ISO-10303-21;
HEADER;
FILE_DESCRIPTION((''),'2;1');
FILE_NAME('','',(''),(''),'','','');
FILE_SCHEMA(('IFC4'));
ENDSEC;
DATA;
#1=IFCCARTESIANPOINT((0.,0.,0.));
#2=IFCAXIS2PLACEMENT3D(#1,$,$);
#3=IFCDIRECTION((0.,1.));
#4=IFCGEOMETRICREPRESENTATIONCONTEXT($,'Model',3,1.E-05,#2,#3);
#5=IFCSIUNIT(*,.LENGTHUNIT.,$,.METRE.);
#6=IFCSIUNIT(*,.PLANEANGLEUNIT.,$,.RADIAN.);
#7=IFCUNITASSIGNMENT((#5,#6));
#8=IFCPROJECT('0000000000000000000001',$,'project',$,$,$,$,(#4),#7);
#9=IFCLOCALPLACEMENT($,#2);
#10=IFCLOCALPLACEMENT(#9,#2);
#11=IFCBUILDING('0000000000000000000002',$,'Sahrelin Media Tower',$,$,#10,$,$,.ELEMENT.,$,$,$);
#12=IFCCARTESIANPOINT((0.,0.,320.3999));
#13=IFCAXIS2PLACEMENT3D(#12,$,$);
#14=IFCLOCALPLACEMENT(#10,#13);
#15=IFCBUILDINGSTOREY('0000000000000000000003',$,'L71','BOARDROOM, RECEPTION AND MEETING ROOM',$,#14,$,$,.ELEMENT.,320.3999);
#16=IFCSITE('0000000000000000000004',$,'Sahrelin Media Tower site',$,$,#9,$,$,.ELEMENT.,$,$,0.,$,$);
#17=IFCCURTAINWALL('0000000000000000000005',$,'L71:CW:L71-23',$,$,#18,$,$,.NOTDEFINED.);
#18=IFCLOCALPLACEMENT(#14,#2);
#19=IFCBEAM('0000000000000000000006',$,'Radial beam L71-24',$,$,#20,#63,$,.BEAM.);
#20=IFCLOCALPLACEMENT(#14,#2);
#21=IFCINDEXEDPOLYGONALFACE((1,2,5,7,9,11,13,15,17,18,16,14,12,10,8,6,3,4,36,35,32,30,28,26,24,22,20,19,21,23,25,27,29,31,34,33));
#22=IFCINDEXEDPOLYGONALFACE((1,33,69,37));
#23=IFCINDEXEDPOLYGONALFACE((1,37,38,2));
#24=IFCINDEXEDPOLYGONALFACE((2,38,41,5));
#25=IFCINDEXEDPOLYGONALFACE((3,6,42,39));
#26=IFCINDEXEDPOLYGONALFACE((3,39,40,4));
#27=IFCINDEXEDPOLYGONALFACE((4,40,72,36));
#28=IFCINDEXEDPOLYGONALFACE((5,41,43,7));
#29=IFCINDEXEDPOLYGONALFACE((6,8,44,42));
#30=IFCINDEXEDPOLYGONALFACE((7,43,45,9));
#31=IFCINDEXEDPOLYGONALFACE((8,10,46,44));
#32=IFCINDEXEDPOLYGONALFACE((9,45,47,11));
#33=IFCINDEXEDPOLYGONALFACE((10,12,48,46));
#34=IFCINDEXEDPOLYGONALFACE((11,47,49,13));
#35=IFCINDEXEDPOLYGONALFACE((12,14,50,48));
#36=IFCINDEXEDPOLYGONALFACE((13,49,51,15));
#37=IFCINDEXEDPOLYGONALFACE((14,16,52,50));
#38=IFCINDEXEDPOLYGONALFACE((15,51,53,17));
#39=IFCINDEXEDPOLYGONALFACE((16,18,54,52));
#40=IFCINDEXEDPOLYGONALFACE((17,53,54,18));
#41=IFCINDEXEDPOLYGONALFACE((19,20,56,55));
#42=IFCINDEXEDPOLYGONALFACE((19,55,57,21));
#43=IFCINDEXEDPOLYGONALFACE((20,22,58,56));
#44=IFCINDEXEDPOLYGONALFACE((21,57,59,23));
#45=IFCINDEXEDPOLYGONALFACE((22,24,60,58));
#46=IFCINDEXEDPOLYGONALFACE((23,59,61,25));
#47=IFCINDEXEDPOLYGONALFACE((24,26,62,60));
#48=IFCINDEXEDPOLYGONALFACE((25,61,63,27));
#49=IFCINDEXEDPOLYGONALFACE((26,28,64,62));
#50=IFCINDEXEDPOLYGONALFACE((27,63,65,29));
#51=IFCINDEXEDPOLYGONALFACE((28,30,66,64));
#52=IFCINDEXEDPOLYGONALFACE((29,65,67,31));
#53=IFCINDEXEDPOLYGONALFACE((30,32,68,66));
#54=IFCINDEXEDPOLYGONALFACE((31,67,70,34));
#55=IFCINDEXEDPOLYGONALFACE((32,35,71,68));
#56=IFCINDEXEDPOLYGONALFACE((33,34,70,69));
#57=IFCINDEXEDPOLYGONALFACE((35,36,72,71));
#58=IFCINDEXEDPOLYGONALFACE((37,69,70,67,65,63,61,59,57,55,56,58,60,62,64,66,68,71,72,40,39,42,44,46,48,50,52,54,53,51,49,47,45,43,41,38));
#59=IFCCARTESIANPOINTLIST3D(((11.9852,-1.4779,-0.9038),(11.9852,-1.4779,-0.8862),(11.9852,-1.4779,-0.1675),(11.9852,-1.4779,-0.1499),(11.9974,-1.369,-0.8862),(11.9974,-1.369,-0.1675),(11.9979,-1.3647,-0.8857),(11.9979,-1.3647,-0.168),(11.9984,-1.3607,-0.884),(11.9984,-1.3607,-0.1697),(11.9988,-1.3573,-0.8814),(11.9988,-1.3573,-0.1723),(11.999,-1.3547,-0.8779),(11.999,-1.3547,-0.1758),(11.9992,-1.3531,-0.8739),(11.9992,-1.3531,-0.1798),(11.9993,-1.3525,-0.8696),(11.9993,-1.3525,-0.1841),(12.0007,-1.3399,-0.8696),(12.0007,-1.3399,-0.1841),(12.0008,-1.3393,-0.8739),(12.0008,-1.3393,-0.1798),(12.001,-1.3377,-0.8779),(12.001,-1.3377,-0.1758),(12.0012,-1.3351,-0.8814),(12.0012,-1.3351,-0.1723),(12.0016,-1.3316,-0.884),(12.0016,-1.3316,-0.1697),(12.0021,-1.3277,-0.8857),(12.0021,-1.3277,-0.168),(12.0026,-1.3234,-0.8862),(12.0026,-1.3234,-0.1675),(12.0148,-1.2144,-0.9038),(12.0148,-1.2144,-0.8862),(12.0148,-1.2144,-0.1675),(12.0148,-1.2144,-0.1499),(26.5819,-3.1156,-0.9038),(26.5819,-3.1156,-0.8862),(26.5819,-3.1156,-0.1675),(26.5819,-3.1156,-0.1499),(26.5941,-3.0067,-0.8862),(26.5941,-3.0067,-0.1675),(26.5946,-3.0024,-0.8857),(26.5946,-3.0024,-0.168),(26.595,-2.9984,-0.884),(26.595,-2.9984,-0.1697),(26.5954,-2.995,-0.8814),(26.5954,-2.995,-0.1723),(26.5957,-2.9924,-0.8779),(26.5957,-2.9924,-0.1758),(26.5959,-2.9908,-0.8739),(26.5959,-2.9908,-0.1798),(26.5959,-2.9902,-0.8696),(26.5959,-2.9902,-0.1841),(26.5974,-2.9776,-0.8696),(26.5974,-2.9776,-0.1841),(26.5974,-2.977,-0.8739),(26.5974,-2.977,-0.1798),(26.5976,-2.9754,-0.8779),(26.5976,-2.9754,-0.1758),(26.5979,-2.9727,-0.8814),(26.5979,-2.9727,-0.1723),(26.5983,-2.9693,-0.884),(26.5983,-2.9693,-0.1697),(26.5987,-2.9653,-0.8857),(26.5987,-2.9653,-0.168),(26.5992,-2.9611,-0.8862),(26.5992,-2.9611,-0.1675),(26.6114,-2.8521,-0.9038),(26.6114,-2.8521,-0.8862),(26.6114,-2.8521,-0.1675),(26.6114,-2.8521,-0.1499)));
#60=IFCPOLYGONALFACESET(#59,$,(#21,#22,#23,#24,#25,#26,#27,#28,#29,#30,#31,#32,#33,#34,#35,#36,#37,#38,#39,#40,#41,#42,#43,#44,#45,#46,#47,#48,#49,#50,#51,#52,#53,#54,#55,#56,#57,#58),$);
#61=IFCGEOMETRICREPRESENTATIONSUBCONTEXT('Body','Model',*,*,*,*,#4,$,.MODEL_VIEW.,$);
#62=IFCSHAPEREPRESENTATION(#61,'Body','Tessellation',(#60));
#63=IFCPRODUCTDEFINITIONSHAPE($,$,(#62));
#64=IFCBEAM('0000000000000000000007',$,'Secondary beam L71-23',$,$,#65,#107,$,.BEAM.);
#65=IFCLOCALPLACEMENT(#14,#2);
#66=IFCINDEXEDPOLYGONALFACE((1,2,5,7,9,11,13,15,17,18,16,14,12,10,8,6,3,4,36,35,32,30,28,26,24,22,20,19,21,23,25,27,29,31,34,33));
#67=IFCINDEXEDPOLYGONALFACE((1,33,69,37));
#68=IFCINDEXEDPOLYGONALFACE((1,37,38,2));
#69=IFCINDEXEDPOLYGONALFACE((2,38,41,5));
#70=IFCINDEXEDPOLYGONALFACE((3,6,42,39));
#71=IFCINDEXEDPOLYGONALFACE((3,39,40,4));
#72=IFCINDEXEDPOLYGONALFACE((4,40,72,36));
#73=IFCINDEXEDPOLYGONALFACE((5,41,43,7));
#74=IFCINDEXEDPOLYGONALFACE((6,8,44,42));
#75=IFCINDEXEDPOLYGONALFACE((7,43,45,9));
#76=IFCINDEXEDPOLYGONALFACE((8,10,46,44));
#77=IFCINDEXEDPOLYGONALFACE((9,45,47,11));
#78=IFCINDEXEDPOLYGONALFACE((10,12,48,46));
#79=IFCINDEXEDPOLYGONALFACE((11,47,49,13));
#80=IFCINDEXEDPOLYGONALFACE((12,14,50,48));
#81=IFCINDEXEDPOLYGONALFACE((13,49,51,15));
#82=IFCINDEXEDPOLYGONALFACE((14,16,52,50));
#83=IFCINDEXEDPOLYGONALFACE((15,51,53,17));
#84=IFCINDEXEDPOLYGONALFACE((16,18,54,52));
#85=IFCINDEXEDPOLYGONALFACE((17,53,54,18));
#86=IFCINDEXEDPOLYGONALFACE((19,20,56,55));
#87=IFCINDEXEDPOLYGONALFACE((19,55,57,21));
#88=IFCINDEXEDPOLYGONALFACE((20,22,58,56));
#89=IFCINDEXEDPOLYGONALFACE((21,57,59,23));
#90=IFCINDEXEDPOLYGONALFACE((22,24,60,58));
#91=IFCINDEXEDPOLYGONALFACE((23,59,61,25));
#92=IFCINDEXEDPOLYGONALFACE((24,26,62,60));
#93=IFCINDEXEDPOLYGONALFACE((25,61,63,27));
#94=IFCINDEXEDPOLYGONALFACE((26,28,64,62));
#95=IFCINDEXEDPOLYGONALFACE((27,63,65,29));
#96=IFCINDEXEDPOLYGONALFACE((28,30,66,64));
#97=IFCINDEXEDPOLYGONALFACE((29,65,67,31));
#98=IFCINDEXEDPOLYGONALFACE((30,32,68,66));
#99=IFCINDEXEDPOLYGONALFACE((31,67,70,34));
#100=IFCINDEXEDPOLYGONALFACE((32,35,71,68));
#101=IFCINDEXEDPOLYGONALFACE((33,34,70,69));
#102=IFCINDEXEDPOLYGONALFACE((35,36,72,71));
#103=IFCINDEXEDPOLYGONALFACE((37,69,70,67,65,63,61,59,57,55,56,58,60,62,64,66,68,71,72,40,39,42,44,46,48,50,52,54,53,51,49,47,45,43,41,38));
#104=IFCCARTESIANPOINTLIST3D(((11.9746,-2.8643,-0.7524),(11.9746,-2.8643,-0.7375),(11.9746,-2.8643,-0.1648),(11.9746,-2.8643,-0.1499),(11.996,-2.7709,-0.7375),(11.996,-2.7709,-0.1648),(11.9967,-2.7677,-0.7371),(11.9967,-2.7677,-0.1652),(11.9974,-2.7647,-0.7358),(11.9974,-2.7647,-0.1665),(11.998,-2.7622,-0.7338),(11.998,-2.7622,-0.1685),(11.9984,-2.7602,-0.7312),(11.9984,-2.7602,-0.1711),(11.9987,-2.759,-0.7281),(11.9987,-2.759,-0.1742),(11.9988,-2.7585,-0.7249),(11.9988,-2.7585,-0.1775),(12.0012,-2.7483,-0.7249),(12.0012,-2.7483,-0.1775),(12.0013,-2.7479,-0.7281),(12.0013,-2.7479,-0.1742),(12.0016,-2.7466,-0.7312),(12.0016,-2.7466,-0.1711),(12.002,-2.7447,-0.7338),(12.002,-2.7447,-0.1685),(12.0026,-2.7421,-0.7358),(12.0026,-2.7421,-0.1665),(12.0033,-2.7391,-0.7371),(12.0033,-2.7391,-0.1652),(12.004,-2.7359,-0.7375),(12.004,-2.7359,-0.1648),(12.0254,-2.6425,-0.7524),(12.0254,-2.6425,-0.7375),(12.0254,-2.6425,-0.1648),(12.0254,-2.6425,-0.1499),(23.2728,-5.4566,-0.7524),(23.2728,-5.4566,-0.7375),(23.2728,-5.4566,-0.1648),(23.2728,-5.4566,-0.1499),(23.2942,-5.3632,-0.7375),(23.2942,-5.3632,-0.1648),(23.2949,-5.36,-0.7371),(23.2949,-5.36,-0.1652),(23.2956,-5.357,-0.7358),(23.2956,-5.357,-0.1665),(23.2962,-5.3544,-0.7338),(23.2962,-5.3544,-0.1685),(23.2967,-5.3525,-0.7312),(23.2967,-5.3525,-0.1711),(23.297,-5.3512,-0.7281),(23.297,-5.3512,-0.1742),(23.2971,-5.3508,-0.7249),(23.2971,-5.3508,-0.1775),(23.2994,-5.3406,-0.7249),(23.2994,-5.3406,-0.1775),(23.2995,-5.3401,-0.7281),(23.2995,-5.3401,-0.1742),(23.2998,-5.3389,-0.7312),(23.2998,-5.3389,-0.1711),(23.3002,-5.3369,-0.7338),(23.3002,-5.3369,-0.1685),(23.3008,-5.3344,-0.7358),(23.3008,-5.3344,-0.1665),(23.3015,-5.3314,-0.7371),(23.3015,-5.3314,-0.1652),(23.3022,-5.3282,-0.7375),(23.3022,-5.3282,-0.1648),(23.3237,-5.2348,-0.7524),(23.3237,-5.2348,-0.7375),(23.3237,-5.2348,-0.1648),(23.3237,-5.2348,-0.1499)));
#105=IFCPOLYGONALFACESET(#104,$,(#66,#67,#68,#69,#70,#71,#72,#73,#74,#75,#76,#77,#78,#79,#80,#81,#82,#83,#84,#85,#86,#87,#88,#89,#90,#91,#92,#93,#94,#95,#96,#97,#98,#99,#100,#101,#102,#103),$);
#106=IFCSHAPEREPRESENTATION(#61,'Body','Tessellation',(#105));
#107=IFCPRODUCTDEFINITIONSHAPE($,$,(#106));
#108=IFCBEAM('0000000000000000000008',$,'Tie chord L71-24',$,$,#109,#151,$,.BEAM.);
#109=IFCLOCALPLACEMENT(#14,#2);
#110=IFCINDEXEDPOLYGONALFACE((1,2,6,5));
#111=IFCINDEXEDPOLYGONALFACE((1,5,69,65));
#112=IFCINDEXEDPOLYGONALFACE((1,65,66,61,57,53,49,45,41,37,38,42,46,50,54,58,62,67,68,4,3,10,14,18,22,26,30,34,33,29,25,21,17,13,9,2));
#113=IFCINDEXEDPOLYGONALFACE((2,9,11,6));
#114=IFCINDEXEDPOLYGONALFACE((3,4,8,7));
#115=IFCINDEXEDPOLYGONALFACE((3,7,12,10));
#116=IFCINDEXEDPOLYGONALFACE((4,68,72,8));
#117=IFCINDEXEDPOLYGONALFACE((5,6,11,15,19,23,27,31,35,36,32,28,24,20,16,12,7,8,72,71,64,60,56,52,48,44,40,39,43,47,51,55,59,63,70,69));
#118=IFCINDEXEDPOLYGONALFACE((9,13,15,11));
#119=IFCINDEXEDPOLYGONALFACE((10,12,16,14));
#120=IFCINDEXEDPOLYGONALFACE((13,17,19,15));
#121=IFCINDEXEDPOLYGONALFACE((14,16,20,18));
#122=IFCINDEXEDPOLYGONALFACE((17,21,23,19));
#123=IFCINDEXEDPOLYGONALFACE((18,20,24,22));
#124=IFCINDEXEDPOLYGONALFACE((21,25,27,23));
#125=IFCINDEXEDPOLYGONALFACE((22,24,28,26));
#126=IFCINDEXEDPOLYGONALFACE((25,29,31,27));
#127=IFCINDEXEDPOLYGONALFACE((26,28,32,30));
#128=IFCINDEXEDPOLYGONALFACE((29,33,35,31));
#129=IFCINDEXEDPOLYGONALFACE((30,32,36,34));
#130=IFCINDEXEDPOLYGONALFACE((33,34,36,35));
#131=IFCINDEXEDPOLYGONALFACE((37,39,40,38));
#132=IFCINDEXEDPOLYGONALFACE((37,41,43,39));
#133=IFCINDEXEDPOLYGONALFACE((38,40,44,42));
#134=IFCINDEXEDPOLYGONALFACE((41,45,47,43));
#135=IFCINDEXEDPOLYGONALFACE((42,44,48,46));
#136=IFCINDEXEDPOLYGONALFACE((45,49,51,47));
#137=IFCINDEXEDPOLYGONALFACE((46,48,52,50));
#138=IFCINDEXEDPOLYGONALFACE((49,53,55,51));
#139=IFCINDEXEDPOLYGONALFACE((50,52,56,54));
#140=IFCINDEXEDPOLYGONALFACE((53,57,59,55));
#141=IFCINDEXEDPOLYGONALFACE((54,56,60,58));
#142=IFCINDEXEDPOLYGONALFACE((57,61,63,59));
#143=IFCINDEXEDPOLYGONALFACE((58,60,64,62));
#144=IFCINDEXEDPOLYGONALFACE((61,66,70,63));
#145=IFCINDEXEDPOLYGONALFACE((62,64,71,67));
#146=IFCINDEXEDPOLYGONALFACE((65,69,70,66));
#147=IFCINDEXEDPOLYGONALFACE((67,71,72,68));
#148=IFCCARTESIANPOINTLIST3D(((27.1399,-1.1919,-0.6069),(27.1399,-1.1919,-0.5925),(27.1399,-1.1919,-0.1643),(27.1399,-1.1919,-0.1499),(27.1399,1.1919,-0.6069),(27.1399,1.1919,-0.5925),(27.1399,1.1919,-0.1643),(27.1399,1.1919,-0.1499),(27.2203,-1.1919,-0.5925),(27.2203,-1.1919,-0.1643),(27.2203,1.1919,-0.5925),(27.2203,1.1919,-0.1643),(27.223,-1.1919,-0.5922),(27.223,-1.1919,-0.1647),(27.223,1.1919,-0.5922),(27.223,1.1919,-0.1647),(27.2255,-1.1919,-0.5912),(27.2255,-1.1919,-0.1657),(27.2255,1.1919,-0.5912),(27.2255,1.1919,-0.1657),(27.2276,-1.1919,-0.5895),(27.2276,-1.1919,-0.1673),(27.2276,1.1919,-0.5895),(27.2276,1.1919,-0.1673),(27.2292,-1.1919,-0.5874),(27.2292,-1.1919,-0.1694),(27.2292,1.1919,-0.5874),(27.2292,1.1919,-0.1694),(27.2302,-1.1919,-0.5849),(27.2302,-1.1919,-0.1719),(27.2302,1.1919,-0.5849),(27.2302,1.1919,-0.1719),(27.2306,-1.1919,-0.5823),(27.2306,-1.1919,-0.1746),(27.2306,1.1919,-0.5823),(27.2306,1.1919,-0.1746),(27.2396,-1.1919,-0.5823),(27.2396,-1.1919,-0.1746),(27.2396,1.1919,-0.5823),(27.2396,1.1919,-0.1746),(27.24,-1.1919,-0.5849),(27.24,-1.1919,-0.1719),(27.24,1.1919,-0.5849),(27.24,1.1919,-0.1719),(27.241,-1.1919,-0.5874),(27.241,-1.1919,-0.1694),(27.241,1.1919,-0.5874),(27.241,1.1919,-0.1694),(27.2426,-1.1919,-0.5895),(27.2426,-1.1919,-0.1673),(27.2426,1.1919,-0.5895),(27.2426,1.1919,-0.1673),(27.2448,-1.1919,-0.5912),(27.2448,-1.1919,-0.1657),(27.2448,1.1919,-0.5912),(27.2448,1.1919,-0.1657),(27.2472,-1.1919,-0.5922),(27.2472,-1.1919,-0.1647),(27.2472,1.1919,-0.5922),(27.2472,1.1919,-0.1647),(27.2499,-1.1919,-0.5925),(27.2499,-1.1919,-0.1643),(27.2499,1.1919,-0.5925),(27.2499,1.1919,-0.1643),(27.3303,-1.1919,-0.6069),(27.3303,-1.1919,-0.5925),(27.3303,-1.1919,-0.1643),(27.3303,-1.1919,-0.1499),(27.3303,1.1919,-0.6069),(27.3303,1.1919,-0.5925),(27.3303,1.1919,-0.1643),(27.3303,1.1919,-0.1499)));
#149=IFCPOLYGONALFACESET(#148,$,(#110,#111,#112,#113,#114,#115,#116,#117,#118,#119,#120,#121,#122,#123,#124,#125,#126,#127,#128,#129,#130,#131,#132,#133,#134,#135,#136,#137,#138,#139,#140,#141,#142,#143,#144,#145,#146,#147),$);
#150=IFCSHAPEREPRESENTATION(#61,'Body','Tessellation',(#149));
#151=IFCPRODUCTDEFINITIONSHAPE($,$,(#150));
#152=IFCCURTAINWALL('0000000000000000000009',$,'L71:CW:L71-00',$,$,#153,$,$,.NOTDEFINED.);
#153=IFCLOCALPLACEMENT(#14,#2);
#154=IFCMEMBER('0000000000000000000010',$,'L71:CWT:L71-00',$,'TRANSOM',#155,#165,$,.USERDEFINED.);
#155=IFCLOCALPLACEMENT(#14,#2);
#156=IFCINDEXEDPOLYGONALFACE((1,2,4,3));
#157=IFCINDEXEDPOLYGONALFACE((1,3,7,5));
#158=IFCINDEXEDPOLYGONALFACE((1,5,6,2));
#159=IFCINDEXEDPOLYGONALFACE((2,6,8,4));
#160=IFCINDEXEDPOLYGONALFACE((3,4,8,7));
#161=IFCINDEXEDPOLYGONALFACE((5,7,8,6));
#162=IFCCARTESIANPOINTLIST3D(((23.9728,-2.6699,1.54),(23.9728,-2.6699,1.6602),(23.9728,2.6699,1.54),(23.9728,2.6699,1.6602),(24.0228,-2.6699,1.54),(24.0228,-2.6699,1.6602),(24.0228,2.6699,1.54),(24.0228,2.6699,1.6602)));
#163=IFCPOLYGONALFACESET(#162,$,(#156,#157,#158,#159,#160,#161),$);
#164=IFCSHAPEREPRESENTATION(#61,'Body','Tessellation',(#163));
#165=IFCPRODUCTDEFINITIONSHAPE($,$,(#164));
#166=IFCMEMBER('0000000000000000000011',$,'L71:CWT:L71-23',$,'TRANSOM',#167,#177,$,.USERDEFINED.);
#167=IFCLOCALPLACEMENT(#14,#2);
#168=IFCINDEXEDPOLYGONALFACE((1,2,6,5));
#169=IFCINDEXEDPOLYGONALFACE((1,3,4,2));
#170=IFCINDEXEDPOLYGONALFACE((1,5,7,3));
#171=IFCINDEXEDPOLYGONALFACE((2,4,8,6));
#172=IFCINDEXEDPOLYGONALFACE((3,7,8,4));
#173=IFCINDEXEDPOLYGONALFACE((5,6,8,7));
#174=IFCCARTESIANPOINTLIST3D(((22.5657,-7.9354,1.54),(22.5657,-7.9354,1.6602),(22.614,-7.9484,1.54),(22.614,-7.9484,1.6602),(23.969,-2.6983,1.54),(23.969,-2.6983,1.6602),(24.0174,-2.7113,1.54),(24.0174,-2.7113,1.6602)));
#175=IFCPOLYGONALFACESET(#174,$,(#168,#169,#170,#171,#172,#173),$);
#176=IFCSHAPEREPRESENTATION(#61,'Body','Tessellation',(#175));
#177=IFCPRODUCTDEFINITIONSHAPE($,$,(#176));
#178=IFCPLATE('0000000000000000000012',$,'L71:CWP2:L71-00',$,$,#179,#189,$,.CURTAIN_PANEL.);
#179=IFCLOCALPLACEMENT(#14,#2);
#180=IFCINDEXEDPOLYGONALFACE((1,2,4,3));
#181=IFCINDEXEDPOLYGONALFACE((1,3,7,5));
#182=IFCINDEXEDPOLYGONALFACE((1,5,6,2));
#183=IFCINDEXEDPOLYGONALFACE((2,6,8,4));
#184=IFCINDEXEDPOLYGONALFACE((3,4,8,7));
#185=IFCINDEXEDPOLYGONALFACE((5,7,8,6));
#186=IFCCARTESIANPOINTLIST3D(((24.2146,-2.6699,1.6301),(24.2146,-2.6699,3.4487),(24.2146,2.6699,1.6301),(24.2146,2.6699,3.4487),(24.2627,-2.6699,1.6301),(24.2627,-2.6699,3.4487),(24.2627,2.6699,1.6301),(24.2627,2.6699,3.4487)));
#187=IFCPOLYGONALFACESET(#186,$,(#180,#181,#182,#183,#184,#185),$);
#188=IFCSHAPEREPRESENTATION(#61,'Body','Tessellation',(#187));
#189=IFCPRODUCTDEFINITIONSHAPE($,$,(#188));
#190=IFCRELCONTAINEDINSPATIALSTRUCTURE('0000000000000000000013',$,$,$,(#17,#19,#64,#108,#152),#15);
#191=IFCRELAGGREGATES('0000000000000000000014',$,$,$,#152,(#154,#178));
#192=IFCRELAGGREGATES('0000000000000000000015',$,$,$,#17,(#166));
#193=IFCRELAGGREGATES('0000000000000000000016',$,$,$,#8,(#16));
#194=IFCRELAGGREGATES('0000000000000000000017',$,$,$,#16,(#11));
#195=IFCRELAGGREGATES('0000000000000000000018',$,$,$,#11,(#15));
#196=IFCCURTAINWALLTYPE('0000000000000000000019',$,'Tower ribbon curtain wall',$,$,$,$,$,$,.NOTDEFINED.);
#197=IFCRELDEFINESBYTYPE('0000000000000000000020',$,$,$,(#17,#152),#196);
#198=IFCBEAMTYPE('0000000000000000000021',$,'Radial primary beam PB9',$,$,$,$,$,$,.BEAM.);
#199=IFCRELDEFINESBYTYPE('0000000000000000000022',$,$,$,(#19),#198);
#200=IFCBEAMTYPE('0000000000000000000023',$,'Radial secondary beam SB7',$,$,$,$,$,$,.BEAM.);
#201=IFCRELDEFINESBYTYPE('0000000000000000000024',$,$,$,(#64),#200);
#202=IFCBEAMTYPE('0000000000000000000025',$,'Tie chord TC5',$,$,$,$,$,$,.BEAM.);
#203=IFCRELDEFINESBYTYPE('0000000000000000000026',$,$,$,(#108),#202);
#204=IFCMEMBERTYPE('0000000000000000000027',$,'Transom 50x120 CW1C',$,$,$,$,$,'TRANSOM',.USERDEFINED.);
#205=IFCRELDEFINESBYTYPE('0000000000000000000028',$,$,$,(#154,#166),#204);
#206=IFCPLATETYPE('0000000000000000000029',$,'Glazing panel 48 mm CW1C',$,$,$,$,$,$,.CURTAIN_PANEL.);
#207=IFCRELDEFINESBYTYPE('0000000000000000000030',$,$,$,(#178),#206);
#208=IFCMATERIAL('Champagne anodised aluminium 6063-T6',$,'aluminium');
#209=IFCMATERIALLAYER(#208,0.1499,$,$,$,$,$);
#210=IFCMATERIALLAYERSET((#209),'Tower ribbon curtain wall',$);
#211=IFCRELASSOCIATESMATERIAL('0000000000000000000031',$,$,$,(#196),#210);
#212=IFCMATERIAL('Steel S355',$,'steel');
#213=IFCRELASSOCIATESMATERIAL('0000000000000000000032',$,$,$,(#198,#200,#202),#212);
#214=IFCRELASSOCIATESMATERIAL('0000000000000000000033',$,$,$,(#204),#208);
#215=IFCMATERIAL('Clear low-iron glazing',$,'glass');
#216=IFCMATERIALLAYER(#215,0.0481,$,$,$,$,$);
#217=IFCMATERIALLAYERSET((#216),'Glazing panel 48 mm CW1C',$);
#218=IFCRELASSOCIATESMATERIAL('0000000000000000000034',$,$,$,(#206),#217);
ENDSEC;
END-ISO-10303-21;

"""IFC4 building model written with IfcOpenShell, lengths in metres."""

from ifc_helpers import new_model, si_unit, direction, frame, origin, origin_2d, place, context, subcontext, project, spatial, polyline, rectangle, i_section, outline, extrude, material, layer, layer_set, material_profile, profile_set, type_object, element, aggregate, save


model = new_model("IFC4")

# Units and contexts
model_context = context("Model", 3, precision=1e-05, world=origin(), true_north=direction((0.0, 1.0)))
body_context = subcontext(model_context, "Body", "Model", "MODEL_VIEW")
ifc_project = project(units=[si_unit("LENGTHUNIT", "METRE"), si_unit("PLANEANGLEUNIT", "RADIAN")], contexts=[model_context])

# Site, building, storey
site_placement = place(None, origin())
site = spatial("IfcSite", under=ifc_project, at=site_placement, Name="Sahrelin Media Tower site", CompositionType="ELEMENT", RefElevation=0.0)
building_placement = place(site_placement, origin())
building = spatial("IfcBuilding", under=site, at=building_placement, Name="Sahrelin Media Tower", CompositionType="ELEMENT")
storey_placement = place(building_placement, frame((0.0, 0.0, 320.3999)))
storey = spatial("IfcBuildingStorey", under=building, at=storey_placement, Name="L71", Description="BOARDROOM, RECEPTION AND MEETING ROOM", CompositionType="ELEMENT", Elevation=320.3999)

# Shared definitions
ifc_material_1 = material(Name="Steel S355", Category="steel")

# Curtain wall
ifc_material_2 = material(Name="Champagne anodised aluminium 6063-T6", Category="aluminium")
ifc_layer_1 = layer(ifc_material_2, 0.1499)
ifc_layer_set_1 = layer_set([ifc_layer_1], Name="Tower ribbon curtain wall")
curtain_wall_type = type_object("IfcCurtainWallType", Name="Tower ribbon curtain wall", PredefinedType="NOTDEFINED", material=ifc_layer_set_1)
curtain_wall_1_placement = place(storey_placement, frame((23.5283, -5.3867, 0.0), z_axis=(0.0, 0.0, 1.0), x_axis=(1.0, 0.0, 0.0)))
curtain_wall_1 = element("IfcCurtainWall", 1, at=curtain_wall_1_placement, inside=storey, type_object=curtain_wall_type, Name="L71:CW:L71-23", PredefinedType="NOTDEFINED")

# Beams
ifc_material_profile_1 = material_profile(ifc_material_1, i_section(OverallWidth=0.2651, OverallDepth=0.7539, WebThickness=0.0127, FlangeThickness=0.0176, FilletRadius=0.0166, at=origin_2d()), Name="UB 762x267x147")
ifc_profile_set_1 = profile_set([ifc_material_profile_1], Name="Steel S355")
beam_type_1 = type_object("IfcBeamType", Name="Radial primary beam PB9", PredefinedType="BEAM", material=ifc_profile_set_1)
beam_1_placement = place(storey_placement, frame((12.0, -1.3462, -0.5269), z_axis=(0.993765, -0.111497, 0.0), x_axis=(0.111497, 0.993765, 0.0)))
element("IfcBeam", 2, at=beam_1_placement, inside=storey, type_object=beam_type_1, Name="Radial beam L71-24", PredefinedType="BEAM", context=body_context, shape_type="SweptSolid", body=[
    extrude(i_section(OverallWidth=0.2651, OverallDepth=0.7539, WebThickness=0.0127, FlangeThickness=0.0176, FilletRadius=0.0166, at=origin_2d()), origin(), (0.0, 0.0, 1.0), 14.6882),
])
ifc_material_profile_2 = material_profile(ifc_material_1, i_section(OverallWidth=0.2275, OverallDepth=0.6025, WebThickness=0.0105, FlangeThickness=0.0149, FilletRadius=0.0127, at=origin_2d()), Name="UB 610x229x101")
ifc_profile_set_2 = profile_set([ifc_material_profile_2], Name="Steel S355")
beam_type_2 = type_object("IfcBeamType", Name="Radial secondary beam SB7", PredefinedType="BEAM", material=ifc_profile_set_2)
beam_2_placement = place(storey_placement, frame((12.0, -2.7534, -0.4512), z_axis=(0.974674, -0.223629, 0.0), x_axis=(0.223629, 0.974674, 0.0)))
element("IfcBeam", 3, at=beam_2_placement, inside=storey, type_object=beam_type_2, Name="Secondary beam L71-23", PredefinedType="BEAM", context=body_context, shape_type="SweptSolid", body=[
    extrude(i_section(OverallWidth=0.2275, OverallDepth=0.6025, WebThickness=0.0105, FlangeThickness=0.0149, FilletRadius=0.0127, at=origin_2d()), origin(), (0.0, 0.0, 1.0), 11.5918),
])
ifc_material_profile_3 = material_profile(ifc_material_1, i_section(OverallWidth=0.1904, OverallDepth=0.457, WebThickness=0.009, FlangeThickness=0.0144, FilletRadius=0.0103, at=origin_2d()), Name="UB 457x191x74")
ifc_profile_set_3 = profile_set([ifc_material_profile_3], Name="Steel S355")
beam_type_3 = type_object("IfcBeamType", Name="Tie chord TC5", PredefinedType="BEAM", material=ifc_profile_set_3)
beam_3_placement = place(storey_placement, frame((27.2351, -1.1919, -0.3784), z_axis=(0.0, 1.0, 0.0), x_axis=(-1.0, 0.0, 0.0)))
element("IfcBeam", 4, at=beam_3_placement, inside=storey, type_object=beam_type_3, Name="Tie chord L71-24", PredefinedType="BEAM", context=body_context, shape_type="SweptSolid", body=[
    extrude(i_section(OverallWidth=0.1904, OverallDepth=0.457, WebThickness=0.009, FlangeThickness=0.0144, FilletRadius=0.0103, at=origin_2d()), origin(), (0.0, 0.0, 1.0), 2.3838),
])

# Curtain wall, member
curtain_wall_2_placement = place(storey_placement, frame((24.2427, 0.0, 0.0), z_axis=(0.0, 0.0, 1.0), x_axis=(1.0, 0.0, 0.0)))
curtain_wall_2 = element("IfcCurtainWall", 5, at=curtain_wall_2_placement, inside=storey, type_object=curtain_wall_type, Name="L71:CW:L71-00", PredefinedType="NOTDEFINED")
ifc_material_profile_4 = material_profile(ifc_material_2, rectangle(XDim=0.05, YDim=0.1201, at=origin_2d()), Name="Transom 50x120")
ifc_profile_set_4 = profile_set([ifc_material_profile_4], Name="Champagne anodised aluminium 6063-T6")
member_type_1 = type_object("IfcMemberType", Name="Transom 50x120 CW1C", ElementType="TRANSOM", PredefinedType="USERDEFINED", material=ifc_profile_set_4)
member_1_placement = place(storey_placement, frame((23.9978, -2.6699, 1.6001), z_axis=(0.0, 1.0, 0.0), x_axis=(-1.0, 0.0, 0.0)))
member_1 = element("IfcMember", 6, at=member_1_placement, type_object=member_type_1, Name="L71:CWT:L71-00", ObjectType="TRANSOM", PredefinedType="USERDEFINED", context=body_context, shape_type="SweptSolid", body=[
    extrude(rectangle(XDim=0.05, YDim=0.1201, at=origin_2d()), origin(), (0.0, 0.0, 1.0), 5.3398),
])

# Member
member_2_placement = place(storey_placement, frame((22.5898, -7.9419, 1.6001), z_axis=(0.258828, 0.965923, 0.0), x_axis=(-0.965923, 0.258828, 0.0)))
member_2 = element("IfcMember", 7, at=member_2_placement, type_object=member_type_1, Name="L71:CWT:L71-23", ObjectType="TRANSOM", PredefinedType="USERDEFINED", context=body_context, shape_type="SweptSolid", body=[
    extrude(rectangle(XDim=0.05, YDim=0.1201, at=origin_2d()), origin(), (0.0, 0.0, 1.0), 5.4219),
])

# Plate
ifc_material_3 = material(Name="Clear low-iron glazing", Category="glass")
ifc_layer_2 = layer(ifc_material_3, 0.0481)
ifc_layer_set_2 = layer_set([ifc_layer_2], Name="Glazing panel 48 mm CW1C")
plate_type_1 = type_object("IfcPlateType", Name="Glazing panel 48 mm CW1C", PredefinedType="CURTAIN_PANEL", material=ifc_layer_set_2)
plate_1_placement = place(storey_placement, frame((24.2627, -2.6699, 1.6301), z_axis=(1.0, 0.0, 0.0), x_axis=(0.0, 1.0, 0.0)))
plate_1 = element("IfcPlate", 8, at=plate_1_placement, type_object=plate_type_1, Name="L71:CWP2:L71-00", PredefinedType="CURTAIN_PANEL", context=body_context, shape_type="SweptSolid", body=[
    extrude(outline(polyline([(0.0, 0.0), (5.3398, 0.0), (5.3398, 1.8186), (0.0, 1.8186), (0.0, 0.0)])), origin(), (0.0, 0.0, -1.0), 0.0481),
])
aggregate(curtain_wall_2, [member_1, plate_1])
aggregate(curtain_wall_1, [member_2])

save(model, "model.ifc")
